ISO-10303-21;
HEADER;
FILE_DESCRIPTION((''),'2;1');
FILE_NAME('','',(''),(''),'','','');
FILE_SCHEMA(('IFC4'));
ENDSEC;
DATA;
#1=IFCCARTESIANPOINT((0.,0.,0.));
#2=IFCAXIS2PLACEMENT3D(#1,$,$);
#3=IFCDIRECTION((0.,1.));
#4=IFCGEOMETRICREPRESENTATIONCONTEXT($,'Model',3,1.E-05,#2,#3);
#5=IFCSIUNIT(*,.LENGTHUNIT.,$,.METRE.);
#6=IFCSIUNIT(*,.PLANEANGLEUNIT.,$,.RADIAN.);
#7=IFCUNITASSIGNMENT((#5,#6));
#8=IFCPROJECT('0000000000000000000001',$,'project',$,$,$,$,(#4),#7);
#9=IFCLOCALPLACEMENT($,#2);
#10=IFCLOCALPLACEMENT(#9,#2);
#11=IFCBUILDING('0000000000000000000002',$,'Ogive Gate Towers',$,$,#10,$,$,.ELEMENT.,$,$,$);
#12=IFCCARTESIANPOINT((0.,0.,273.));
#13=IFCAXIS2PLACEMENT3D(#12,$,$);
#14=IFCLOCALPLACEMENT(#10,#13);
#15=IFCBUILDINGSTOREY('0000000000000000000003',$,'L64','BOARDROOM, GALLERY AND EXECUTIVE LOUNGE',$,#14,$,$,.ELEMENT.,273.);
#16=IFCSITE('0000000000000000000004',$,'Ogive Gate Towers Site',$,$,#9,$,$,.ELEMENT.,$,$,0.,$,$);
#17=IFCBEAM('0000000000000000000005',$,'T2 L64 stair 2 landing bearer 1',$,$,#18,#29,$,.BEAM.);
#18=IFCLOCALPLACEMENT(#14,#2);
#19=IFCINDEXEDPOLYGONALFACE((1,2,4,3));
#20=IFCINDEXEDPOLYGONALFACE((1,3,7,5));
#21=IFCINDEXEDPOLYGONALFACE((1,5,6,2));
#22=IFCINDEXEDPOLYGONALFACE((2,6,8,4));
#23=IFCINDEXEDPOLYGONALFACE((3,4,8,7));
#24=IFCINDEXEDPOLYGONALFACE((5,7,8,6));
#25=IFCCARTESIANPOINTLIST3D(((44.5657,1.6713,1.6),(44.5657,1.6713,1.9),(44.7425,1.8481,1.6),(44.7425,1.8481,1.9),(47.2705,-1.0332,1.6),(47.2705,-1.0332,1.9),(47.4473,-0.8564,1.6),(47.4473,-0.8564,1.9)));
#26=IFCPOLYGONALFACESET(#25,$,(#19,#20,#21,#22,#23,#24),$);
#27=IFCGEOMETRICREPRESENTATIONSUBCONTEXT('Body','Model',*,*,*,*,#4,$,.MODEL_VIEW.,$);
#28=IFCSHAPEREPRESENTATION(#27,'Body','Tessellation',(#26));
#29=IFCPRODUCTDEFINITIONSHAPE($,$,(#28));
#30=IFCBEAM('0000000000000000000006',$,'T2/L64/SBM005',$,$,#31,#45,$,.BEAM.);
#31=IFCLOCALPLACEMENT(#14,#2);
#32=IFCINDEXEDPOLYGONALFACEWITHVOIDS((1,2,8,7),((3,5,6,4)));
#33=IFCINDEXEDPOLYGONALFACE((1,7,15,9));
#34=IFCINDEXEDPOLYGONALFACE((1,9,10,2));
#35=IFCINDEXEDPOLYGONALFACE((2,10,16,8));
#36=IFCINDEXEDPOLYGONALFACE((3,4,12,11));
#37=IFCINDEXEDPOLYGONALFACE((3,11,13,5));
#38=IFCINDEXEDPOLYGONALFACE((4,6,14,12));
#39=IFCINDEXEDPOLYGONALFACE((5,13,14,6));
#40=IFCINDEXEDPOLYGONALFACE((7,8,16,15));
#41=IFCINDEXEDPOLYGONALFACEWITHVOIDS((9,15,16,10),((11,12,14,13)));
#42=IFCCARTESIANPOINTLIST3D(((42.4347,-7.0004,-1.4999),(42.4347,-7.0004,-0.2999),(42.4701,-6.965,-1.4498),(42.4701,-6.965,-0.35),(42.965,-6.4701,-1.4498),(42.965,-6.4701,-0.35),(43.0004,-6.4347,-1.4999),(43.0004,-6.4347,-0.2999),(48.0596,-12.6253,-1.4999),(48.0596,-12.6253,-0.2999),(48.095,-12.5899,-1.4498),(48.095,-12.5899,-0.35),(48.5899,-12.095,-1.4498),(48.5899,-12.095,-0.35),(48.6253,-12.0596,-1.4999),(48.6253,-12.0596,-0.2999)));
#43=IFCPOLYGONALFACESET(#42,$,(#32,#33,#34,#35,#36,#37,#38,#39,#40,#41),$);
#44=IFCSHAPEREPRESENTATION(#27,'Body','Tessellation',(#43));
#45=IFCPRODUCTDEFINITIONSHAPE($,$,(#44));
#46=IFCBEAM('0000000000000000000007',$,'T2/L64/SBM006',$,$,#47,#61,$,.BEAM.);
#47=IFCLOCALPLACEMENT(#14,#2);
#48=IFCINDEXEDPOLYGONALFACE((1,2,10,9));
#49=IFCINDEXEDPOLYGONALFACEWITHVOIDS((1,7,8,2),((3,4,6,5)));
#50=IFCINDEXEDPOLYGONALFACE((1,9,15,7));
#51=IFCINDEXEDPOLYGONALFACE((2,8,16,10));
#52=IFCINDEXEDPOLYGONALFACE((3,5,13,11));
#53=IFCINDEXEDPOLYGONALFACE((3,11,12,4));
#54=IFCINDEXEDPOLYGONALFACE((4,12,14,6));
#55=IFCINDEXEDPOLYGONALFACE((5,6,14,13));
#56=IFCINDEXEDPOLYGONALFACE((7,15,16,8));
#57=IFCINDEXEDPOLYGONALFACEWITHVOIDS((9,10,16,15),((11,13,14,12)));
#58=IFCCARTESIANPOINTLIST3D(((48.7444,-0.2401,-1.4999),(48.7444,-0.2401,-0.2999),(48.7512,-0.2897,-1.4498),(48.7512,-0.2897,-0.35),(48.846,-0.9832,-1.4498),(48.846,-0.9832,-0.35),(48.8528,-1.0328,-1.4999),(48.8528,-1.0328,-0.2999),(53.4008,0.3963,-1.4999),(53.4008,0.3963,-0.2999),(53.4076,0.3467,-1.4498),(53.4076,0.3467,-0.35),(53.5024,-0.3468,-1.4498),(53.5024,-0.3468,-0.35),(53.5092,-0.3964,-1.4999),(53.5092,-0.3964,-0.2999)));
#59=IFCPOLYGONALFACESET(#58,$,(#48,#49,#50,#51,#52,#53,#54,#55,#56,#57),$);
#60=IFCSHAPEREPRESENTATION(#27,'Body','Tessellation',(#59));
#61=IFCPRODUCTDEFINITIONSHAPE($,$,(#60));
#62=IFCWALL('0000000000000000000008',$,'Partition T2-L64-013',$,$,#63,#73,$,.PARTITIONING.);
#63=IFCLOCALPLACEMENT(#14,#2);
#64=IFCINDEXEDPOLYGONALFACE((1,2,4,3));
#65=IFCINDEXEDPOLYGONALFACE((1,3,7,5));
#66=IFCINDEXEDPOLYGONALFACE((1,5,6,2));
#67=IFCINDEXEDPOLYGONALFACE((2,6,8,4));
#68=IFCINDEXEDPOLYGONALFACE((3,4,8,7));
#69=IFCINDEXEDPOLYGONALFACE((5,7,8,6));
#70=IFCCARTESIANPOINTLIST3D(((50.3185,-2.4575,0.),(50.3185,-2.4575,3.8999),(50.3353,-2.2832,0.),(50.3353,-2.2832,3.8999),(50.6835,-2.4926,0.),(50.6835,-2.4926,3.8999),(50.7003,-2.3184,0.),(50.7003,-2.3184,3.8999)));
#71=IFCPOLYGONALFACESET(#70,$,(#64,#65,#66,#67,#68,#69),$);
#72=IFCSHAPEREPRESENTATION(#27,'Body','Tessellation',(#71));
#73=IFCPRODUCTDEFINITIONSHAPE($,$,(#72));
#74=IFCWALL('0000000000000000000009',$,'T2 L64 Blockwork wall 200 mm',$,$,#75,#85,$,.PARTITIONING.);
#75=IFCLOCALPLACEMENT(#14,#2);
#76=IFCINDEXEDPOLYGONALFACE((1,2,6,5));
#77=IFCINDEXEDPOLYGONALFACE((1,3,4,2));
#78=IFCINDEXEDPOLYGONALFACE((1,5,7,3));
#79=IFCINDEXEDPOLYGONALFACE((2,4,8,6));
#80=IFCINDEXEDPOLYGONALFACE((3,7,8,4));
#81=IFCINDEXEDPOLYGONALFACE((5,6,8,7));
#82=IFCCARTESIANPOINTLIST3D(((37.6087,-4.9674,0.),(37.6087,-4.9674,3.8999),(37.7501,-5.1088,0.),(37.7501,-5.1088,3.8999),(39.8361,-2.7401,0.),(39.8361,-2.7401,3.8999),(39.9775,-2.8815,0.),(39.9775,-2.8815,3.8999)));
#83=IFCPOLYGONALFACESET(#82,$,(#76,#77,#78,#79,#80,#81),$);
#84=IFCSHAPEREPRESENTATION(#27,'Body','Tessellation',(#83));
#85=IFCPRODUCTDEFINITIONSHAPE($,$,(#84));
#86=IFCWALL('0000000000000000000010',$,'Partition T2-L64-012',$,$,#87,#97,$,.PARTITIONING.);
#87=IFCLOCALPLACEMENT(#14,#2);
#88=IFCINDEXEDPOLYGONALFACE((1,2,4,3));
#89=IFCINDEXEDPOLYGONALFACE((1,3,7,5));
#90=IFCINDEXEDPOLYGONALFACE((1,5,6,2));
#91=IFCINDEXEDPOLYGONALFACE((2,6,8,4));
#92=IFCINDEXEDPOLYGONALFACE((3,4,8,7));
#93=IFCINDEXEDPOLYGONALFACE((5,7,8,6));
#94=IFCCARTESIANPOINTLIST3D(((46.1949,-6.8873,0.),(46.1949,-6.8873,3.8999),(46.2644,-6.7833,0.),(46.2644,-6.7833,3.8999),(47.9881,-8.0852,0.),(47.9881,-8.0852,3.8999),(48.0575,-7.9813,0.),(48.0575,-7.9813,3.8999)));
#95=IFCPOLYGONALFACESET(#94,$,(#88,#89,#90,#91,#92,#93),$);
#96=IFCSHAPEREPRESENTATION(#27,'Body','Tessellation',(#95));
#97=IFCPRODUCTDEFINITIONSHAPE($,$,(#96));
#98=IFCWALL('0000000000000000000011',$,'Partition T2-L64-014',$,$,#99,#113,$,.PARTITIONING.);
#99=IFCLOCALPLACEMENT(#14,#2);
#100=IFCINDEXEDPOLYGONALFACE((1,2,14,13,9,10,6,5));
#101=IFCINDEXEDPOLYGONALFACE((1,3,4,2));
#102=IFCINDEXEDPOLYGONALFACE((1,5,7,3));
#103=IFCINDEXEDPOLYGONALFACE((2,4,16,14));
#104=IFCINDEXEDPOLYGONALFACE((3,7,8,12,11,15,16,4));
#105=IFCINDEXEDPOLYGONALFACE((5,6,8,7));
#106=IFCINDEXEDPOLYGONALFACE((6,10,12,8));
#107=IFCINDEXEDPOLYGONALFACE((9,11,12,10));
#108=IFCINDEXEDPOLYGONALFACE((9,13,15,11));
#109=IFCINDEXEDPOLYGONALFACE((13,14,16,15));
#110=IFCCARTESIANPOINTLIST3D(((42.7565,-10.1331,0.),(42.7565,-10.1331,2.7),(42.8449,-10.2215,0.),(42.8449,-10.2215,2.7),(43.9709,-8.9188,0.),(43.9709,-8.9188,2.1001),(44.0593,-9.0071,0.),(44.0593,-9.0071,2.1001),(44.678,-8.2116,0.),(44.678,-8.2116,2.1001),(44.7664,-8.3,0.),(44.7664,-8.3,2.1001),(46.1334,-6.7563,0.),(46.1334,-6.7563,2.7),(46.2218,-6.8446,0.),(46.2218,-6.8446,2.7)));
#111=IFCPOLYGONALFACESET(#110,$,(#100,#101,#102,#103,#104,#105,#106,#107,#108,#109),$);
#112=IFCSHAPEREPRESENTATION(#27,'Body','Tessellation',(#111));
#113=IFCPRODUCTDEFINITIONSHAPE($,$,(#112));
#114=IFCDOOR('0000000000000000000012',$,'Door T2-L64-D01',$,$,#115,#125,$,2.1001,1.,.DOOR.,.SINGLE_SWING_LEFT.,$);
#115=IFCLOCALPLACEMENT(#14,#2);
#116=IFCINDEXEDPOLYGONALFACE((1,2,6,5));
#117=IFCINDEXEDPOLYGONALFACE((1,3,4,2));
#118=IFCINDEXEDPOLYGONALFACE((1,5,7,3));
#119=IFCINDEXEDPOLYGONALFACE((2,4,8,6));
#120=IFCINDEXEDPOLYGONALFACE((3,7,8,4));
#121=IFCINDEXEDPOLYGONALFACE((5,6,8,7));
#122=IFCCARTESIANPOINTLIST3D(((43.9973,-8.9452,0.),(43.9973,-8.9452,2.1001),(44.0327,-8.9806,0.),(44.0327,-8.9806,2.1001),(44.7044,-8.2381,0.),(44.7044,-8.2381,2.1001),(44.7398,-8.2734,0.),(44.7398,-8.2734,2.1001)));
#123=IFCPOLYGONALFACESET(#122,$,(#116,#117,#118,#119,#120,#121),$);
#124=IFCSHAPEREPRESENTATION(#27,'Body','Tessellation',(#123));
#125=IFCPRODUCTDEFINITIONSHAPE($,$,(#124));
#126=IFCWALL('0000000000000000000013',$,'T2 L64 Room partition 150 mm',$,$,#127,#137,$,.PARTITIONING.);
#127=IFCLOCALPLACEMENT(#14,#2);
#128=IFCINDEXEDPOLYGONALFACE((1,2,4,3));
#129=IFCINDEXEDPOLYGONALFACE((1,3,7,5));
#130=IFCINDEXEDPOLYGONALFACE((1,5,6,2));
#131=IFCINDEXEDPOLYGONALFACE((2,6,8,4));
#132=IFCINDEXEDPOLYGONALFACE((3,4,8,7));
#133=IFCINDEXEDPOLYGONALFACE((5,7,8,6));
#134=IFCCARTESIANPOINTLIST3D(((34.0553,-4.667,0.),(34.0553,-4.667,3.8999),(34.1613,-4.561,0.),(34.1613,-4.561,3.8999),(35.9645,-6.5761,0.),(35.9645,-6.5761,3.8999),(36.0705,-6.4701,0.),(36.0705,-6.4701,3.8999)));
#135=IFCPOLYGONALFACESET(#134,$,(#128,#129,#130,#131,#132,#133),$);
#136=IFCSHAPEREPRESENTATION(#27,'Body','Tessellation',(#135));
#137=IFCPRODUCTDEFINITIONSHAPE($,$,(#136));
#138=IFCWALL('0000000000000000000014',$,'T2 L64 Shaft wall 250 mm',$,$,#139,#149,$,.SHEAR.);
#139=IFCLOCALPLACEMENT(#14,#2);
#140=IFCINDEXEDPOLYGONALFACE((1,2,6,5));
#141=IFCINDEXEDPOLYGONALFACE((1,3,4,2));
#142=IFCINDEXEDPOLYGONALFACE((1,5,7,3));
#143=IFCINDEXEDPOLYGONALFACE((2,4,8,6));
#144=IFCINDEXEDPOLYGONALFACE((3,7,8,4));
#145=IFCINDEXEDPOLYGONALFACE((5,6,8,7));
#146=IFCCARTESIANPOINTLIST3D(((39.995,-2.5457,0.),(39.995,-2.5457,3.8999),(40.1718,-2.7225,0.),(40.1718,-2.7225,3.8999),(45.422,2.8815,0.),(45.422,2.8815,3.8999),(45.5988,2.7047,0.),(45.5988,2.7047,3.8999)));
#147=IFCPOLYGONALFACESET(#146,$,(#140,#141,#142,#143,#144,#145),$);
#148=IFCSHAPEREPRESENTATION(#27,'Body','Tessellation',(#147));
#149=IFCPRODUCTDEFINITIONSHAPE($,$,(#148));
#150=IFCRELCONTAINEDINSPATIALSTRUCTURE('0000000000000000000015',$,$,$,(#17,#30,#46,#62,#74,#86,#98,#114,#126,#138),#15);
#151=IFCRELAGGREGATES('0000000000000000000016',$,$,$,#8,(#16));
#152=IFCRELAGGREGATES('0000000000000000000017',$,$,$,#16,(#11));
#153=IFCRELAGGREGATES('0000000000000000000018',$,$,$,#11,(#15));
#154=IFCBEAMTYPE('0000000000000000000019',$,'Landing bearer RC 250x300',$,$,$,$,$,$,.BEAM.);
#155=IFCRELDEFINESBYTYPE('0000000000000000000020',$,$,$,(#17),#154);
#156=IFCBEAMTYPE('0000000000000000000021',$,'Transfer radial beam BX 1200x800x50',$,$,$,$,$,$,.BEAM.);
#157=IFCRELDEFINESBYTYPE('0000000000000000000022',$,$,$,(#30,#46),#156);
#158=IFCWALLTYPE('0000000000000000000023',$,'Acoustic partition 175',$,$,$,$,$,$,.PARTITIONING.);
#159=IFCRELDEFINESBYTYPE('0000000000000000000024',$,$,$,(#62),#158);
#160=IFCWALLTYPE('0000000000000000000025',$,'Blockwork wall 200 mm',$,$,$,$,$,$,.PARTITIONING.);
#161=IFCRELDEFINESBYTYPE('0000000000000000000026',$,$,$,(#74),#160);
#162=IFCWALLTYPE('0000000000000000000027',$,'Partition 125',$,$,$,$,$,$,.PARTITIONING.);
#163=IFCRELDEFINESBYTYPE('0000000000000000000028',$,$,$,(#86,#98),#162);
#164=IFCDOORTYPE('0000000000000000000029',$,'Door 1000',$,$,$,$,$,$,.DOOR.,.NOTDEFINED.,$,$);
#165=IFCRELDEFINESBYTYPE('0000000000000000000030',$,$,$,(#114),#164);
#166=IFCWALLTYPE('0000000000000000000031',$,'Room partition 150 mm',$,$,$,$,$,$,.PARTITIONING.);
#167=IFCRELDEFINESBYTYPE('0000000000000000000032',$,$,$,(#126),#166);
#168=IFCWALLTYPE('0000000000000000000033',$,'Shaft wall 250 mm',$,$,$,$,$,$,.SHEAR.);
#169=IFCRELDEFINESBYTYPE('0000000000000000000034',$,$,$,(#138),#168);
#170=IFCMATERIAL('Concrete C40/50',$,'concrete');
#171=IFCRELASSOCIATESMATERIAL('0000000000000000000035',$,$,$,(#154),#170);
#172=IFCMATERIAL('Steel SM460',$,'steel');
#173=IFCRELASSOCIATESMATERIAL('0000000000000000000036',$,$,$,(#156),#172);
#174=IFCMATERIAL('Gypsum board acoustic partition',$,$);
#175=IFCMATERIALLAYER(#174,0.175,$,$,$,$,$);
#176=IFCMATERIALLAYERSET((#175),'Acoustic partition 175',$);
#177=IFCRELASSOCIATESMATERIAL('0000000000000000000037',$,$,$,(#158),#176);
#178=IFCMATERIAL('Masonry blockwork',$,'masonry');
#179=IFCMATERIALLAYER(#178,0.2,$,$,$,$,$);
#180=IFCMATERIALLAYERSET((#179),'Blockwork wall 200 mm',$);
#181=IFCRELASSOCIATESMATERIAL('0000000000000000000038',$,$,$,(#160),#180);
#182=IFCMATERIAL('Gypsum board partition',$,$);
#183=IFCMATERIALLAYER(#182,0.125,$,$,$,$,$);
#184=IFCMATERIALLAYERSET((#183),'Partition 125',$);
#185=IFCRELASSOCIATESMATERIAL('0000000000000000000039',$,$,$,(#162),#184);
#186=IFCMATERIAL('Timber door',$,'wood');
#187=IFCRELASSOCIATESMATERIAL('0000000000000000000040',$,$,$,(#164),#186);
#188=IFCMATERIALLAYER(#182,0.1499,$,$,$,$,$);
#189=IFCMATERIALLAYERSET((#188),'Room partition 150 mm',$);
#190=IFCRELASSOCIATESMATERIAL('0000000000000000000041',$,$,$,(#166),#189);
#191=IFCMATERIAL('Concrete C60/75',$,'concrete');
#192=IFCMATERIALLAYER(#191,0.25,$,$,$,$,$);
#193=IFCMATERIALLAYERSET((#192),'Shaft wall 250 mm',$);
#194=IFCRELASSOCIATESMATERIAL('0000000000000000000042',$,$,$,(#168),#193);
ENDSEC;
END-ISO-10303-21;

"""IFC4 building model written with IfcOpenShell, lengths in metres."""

from ifc_helpers import new_model, si_unit, direction, frame, frame_2d, origin, origin_2d, place, context, subcontext, project, spatial, rectangle, hollow_rectangle, extrude, material, layer, layer_set, material_profile, profile_set, type_object, element, fill, save


model = new_model("IFC4")

# Units and contexts
model_context = context("Model", 3, precision=1e-05, world=origin(), true_north=direction((0.0, 1.0)))
body_context = subcontext(model_context, "Body", "Model", "MODEL_VIEW")
ifc_project = project(units=[si_unit("LENGTHUNIT", "METRE"), si_unit("PLANEANGLEUNIT", "RADIAN")], contexts=[model_context])

# Site, building, storey
site_placement = place(None, origin())
site = spatial("IfcSite", under=ifc_project, at=site_placement, Name="Ogive Gate Towers Site", CompositionType="ELEMENT", RefElevation=0.0)
building_placement = place(site_placement, origin())
building = spatial("IfcBuilding", under=site, at=building_placement, Name="Ogive Gate Towers", CompositionType="ELEMENT")
storey_placement = place(building_placement, frame((0.0, 0.0, 273.0)))
storey = spatial("IfcBuildingStorey", under=building, at=storey_placement, Name="L64", Description="BOARDROOM, GALLERY AND EXECUTIVE LOUNGE", CompositionType="ELEMENT", Elevation=273.0)

# Beams
ifc_material_1 = material(Name="Concrete C40/50", Category="concrete")
ifc_material_profile_1 = material_profile(ifc_material_1, rectangle(XDim=0.25, YDim=0.3, at=origin_2d()), Name="RC 250x300")
ifc_profile_set_1 = profile_set([ifc_material_profile_1], Name="Concrete C40/50")
beam_type_1 = type_object("IfcBeamType", Name="Landing bearer RC 250x300", PredefinedType="BEAM", material=ifc_profile_set_1)
beam_1_placement = place(storey_placement, frame((47.3589, -0.9448, 1.75), z_axis=(-0.707139, 0.707075, 0.0), x_axis=(-0.707075, -0.707139, 0.0)))
element("IfcBeam", 1, at=beam_1_placement, inside=storey, type_object=beam_type_1, Name="T2 L64 stair 2 landing bearer 1", PredefinedType="BEAM", context=body_context, shape_type="SweptSolid", body=[
    extrude(rectangle(XDim=0.25, YDim=0.3, at=origin_2d()), origin(), (0.0, 0.0, 1.0), 3.825),
])
ifc_material_2 = material(Name="Steel SM460", Category="steel")
ifc_material_profile_2 = material_profile(ifc_material_2, hollow_rectangle(XDim=0.8, YDim=1.2, WallThickness=0.05, at=origin_2d()), Name="BX 1200x800x50")
ifc_profile_set_2 = profile_set([ifc_material_profile_2], Name="Steel SM460")
beam_type_2 = type_object("IfcBeamType", Name="Transfer radial beam BX 1200x800x50", PredefinedType="BEAM", material=ifc_profile_set_2)
beam_2_placement = place(storey_placement, frame((42.7175, -6.7175, -0.8999), z_axis=(0.707107, -0.707107, 0.0), x_axis=(0.707107, 0.707107, 0.0)))
element("IfcBeam", 2, at=beam_2_placement, inside=storey, type_object=beam_type_2, Name="T2/L64/SBM005", PredefinedType="BEAM", context=body_context, shape_type="SweptSolid", body=[
    extrude(hollow_rectangle(XDim=0.8, YDim=1.2, WallThickness=0.05, at=origin_2d()), origin(), (0.0, 0.0, 1.0), 7.9548),
])
beam_3_placement = place(storey_placement, frame((48.7986, -0.6365, -0.8999), z_axis=(0.990787, 0.135426, 0.0), x_axis=(-0.135426, 0.990787, 0.0)))
element("IfcBeam", 3, at=beam_3_placement, inside=storey, type_object=beam_type_2, Name="T2/L64/SBM006", PredefinedType="BEAM", context=body_context, shape_type="SweptSolid", body=[
    extrude(hollow_rectangle(XDim=0.8, YDim=1.2, WallThickness=0.05, at=origin_2d()), origin(), (0.0, 0.0, 1.0), 4.6997),
])

# Walls
ifc_material_3 = material(Name="Gypsum board acoustic partition")
ifc_layer_1 = layer(ifc_material_3, 0.175)
ifc_layer_set_1 = layer_set([ifc_layer_1], Name="Acoustic partition 175")
wall_type_1 = type_object("IfcWallType", Name="Acoustic partition 175", PredefinedType="PARTITIONING", material=ifc_layer_set_1)
wall_1_placement = place(storey_placement, frame((50.3269, -2.3704, 0.0), z_axis=(0.0, 0.0, 1.0), x_axis=(0.995393, -0.095877, 0.0)))
element("IfcWall", 4, at=wall_1_placement, inside=storey, type_object=wall_type_1, Name="Partition T2-L64-013", PredefinedType="PARTITIONING", context=body_context, shape_type="SweptSolid", body=[
    extrude(rectangle(XDim=0.3667, YDim=0.175, at=frame_2d((0.1833, 0.0))), origin(), (0.0, 0.0, 1.0), 3.8999),
])
ifc_material_4 = material(Name="Masonry blockwork", Category="masonry")
ifc_layer_2 = layer(ifc_material_4, 0.2)
ifc_layer_set_2 = layer_set([ifc_layer_2], Name="Blockwork wall 200 mm")
wall_type_2 = type_object("IfcWallType", Name="Blockwork wall 200 mm", PredefinedType="PARTITIONING", material=ifc_layer_set_2)
wall_2_placement = place(storey_placement, frame((37.6794, -5.0381, 0.0), z_axis=(0.0, 0.0, 1.0), x_axis=(0.707107, 0.707107, 0.0)))
element("IfcWall", 5, at=wall_2_placement, inside=storey, type_object=wall_type_2, Name="T2 L64 Blockwork wall 200 mm", PredefinedType="PARTITIONING", context=body_context, shape_type="SweptSolid", body=[
    extrude(rectangle(XDim=3.1499, YDim=0.2, at=frame_2d((1.575, 0.0))), origin(), (0.0, 0.0, 1.0), 3.8999),
])
ifc_material_5 = material(Name="Gypsum board partition")
ifc_layer_3 = layer(ifc_material_5, 0.125)
ifc_layer_set_3 = layer_set([ifc_layer_3], Name="Partition 125")
wall_type_3 = type_object("IfcWallType", Name="Partition 125", PredefinedType="PARTITIONING", material=ifc_layer_set_3)
wall_3_placement = place(storey_placement, frame((48.0227, -8.0332, 0.0), z_axis=(0.0, 0.0, 1.0), x_axis=(-0.83151, 0.55551, 0.0)))
element("IfcWall", 6, at=wall_3_placement, inside=storey, type_object=wall_type_3, Name="Partition T2-L64-012", PredefinedType="PARTITIONING", context=body_context, shape_type="SweptSolid", body=[
    extrude(rectangle(XDim=2.1565, YDim=0.125, at=frame_2d((1.0781, 0.0))), origin(), (0.0, 0.0, 1.0), 3.8999),
])

# Wall, opening, door
wall_4_placement = place(storey_placement, frame((46.1775, -6.8005, 0.0), z_axis=(0.0, 0.0, 1.0), x_axis=(-0.707107, -0.707107, 0.0)))
wall_4 = element("IfcWall", 7, at=wall_4_placement, inside=storey, type_object=wall_type_3, Name="Partition T2-L64-014", PredefinedType="PARTITIONING", context=body_context, shape_type="SweptSolid", body=[
    extrude(rectangle(XDim=4.7756, YDim=0.125, at=frame_2d((2.3877, 0.0))), origin(), (0.0, 0.0, 1.0), 2.7),
])
opening_1_placement = place(wall_4_placement, frame((2.0581, 0.0, 0.0)))
opening_1 = element("IfcOpeningElement", 8, at=opening_1_placement, cuts=wall_4, PredefinedType="OPENING", context=body_context, shape_type="SweptSolid", body=[
    extrude(rectangle(XDim=1.0, YDim=2.1001, at=frame_2d((0.5, 1.05))), frame((0.0, 0.0725, 0.0), z_axis=(0.0, -1.0, 0.0), x_axis=(1.0, 0.0, 0.0)), (0.0, 0.0, 1.0), 0.145),
])
ifc_material_6 = material(Name="Timber door", Category="wood")
door_type_1 = type_object("IfcDoorType", Name="Door 1000", OperationType="NOTDEFINED", PredefinedType="DOOR", material=ifc_material_6)
door_1_placement = place(opening_1_placement, origin())
door_1 = element("IfcDoor", 9, at=door_1_placement, inside=storey, type_object=door_type_1, Name="Door T2-L64-D01", OperationType="SINGLE_SWING_LEFT", OverallHeight=2.1001, OverallWidth=1.0, PredefinedType="DOOR", context=body_context, shape_type="SweptSolid", body=[
    extrude(rectangle(XDim=1.0, YDim=2.1001, at=frame_2d((0.5, 1.05))), frame((0.0, 0.0249, 0.0), z_axis=(0.0, -1.0, 0.0), x_axis=(1.0, 0.0, 0.0)), (0.0, 0.0, 1.0), 0.05),
])
fill(opening_1, door_1)

# Walls
ifc_layer_4 = layer(ifc_material_5, 0.1499)
ifc_layer_set_4 = layer_set([ifc_layer_4], Name="Room partition 150 mm")
wall_type_4 = type_object("IfcWallType", Name="Room partition 150 mm", PredefinedType="PARTITIONING", material=ifc_layer_set_4)
wall_5_placement = place(storey_placement, frame((36.0176, -6.5232, 0.0), z_axis=(0.0, 0.0, 1.0), x_axis=(-0.707107, 0.707107, 0.0)))
element("IfcWall", 10, at=wall_5_placement, inside=storey, type_object=wall_type_4, Name="T2 L64 Room partition 150 mm", PredefinedType="PARTITIONING", context=body_context, shape_type="SweptSolid", body=[
    extrude(rectangle(XDim=2.7, YDim=0.1499, at=frame_2d((1.3501, 0.0))), origin(), (0.0, 0.0, 1.0), 3.8999),
])
ifc_material_7 = material(Name="Concrete C60/75", Category="concrete")
ifc_layer_5 = layer(ifc_material_7, 0.25)
ifc_layer_set_5 = layer_set([ifc_layer_5], Name="Shaft wall 250 mm")
wall_type_5 = type_object("IfcWallType", Name="Shaft wall 250 mm", PredefinedType="SHEAR", material=ifc_layer_set_5)
wall_6_placement = place(storey_placement, frame((40.0835, -2.634, 0.0), z_axis=(0.0, 0.0, 1.0), x_axis=(0.707091, 0.707123, 0.0)))
element("IfcWall", 11, at=wall_6_placement, inside=storey, type_object=wall_type_5, Name="T2 L64 Shaft wall 250 mm", PredefinedType="SHEAR", context=body_context, shape_type="SweptSolid", body=[
    extrude(rectangle(XDim=7.675, YDim=0.25, at=frame_2d((3.8374, 0.0))), origin(), (0.0, 0.0, 1.0), 3.8999),
])

save(model, "model.ifc")
